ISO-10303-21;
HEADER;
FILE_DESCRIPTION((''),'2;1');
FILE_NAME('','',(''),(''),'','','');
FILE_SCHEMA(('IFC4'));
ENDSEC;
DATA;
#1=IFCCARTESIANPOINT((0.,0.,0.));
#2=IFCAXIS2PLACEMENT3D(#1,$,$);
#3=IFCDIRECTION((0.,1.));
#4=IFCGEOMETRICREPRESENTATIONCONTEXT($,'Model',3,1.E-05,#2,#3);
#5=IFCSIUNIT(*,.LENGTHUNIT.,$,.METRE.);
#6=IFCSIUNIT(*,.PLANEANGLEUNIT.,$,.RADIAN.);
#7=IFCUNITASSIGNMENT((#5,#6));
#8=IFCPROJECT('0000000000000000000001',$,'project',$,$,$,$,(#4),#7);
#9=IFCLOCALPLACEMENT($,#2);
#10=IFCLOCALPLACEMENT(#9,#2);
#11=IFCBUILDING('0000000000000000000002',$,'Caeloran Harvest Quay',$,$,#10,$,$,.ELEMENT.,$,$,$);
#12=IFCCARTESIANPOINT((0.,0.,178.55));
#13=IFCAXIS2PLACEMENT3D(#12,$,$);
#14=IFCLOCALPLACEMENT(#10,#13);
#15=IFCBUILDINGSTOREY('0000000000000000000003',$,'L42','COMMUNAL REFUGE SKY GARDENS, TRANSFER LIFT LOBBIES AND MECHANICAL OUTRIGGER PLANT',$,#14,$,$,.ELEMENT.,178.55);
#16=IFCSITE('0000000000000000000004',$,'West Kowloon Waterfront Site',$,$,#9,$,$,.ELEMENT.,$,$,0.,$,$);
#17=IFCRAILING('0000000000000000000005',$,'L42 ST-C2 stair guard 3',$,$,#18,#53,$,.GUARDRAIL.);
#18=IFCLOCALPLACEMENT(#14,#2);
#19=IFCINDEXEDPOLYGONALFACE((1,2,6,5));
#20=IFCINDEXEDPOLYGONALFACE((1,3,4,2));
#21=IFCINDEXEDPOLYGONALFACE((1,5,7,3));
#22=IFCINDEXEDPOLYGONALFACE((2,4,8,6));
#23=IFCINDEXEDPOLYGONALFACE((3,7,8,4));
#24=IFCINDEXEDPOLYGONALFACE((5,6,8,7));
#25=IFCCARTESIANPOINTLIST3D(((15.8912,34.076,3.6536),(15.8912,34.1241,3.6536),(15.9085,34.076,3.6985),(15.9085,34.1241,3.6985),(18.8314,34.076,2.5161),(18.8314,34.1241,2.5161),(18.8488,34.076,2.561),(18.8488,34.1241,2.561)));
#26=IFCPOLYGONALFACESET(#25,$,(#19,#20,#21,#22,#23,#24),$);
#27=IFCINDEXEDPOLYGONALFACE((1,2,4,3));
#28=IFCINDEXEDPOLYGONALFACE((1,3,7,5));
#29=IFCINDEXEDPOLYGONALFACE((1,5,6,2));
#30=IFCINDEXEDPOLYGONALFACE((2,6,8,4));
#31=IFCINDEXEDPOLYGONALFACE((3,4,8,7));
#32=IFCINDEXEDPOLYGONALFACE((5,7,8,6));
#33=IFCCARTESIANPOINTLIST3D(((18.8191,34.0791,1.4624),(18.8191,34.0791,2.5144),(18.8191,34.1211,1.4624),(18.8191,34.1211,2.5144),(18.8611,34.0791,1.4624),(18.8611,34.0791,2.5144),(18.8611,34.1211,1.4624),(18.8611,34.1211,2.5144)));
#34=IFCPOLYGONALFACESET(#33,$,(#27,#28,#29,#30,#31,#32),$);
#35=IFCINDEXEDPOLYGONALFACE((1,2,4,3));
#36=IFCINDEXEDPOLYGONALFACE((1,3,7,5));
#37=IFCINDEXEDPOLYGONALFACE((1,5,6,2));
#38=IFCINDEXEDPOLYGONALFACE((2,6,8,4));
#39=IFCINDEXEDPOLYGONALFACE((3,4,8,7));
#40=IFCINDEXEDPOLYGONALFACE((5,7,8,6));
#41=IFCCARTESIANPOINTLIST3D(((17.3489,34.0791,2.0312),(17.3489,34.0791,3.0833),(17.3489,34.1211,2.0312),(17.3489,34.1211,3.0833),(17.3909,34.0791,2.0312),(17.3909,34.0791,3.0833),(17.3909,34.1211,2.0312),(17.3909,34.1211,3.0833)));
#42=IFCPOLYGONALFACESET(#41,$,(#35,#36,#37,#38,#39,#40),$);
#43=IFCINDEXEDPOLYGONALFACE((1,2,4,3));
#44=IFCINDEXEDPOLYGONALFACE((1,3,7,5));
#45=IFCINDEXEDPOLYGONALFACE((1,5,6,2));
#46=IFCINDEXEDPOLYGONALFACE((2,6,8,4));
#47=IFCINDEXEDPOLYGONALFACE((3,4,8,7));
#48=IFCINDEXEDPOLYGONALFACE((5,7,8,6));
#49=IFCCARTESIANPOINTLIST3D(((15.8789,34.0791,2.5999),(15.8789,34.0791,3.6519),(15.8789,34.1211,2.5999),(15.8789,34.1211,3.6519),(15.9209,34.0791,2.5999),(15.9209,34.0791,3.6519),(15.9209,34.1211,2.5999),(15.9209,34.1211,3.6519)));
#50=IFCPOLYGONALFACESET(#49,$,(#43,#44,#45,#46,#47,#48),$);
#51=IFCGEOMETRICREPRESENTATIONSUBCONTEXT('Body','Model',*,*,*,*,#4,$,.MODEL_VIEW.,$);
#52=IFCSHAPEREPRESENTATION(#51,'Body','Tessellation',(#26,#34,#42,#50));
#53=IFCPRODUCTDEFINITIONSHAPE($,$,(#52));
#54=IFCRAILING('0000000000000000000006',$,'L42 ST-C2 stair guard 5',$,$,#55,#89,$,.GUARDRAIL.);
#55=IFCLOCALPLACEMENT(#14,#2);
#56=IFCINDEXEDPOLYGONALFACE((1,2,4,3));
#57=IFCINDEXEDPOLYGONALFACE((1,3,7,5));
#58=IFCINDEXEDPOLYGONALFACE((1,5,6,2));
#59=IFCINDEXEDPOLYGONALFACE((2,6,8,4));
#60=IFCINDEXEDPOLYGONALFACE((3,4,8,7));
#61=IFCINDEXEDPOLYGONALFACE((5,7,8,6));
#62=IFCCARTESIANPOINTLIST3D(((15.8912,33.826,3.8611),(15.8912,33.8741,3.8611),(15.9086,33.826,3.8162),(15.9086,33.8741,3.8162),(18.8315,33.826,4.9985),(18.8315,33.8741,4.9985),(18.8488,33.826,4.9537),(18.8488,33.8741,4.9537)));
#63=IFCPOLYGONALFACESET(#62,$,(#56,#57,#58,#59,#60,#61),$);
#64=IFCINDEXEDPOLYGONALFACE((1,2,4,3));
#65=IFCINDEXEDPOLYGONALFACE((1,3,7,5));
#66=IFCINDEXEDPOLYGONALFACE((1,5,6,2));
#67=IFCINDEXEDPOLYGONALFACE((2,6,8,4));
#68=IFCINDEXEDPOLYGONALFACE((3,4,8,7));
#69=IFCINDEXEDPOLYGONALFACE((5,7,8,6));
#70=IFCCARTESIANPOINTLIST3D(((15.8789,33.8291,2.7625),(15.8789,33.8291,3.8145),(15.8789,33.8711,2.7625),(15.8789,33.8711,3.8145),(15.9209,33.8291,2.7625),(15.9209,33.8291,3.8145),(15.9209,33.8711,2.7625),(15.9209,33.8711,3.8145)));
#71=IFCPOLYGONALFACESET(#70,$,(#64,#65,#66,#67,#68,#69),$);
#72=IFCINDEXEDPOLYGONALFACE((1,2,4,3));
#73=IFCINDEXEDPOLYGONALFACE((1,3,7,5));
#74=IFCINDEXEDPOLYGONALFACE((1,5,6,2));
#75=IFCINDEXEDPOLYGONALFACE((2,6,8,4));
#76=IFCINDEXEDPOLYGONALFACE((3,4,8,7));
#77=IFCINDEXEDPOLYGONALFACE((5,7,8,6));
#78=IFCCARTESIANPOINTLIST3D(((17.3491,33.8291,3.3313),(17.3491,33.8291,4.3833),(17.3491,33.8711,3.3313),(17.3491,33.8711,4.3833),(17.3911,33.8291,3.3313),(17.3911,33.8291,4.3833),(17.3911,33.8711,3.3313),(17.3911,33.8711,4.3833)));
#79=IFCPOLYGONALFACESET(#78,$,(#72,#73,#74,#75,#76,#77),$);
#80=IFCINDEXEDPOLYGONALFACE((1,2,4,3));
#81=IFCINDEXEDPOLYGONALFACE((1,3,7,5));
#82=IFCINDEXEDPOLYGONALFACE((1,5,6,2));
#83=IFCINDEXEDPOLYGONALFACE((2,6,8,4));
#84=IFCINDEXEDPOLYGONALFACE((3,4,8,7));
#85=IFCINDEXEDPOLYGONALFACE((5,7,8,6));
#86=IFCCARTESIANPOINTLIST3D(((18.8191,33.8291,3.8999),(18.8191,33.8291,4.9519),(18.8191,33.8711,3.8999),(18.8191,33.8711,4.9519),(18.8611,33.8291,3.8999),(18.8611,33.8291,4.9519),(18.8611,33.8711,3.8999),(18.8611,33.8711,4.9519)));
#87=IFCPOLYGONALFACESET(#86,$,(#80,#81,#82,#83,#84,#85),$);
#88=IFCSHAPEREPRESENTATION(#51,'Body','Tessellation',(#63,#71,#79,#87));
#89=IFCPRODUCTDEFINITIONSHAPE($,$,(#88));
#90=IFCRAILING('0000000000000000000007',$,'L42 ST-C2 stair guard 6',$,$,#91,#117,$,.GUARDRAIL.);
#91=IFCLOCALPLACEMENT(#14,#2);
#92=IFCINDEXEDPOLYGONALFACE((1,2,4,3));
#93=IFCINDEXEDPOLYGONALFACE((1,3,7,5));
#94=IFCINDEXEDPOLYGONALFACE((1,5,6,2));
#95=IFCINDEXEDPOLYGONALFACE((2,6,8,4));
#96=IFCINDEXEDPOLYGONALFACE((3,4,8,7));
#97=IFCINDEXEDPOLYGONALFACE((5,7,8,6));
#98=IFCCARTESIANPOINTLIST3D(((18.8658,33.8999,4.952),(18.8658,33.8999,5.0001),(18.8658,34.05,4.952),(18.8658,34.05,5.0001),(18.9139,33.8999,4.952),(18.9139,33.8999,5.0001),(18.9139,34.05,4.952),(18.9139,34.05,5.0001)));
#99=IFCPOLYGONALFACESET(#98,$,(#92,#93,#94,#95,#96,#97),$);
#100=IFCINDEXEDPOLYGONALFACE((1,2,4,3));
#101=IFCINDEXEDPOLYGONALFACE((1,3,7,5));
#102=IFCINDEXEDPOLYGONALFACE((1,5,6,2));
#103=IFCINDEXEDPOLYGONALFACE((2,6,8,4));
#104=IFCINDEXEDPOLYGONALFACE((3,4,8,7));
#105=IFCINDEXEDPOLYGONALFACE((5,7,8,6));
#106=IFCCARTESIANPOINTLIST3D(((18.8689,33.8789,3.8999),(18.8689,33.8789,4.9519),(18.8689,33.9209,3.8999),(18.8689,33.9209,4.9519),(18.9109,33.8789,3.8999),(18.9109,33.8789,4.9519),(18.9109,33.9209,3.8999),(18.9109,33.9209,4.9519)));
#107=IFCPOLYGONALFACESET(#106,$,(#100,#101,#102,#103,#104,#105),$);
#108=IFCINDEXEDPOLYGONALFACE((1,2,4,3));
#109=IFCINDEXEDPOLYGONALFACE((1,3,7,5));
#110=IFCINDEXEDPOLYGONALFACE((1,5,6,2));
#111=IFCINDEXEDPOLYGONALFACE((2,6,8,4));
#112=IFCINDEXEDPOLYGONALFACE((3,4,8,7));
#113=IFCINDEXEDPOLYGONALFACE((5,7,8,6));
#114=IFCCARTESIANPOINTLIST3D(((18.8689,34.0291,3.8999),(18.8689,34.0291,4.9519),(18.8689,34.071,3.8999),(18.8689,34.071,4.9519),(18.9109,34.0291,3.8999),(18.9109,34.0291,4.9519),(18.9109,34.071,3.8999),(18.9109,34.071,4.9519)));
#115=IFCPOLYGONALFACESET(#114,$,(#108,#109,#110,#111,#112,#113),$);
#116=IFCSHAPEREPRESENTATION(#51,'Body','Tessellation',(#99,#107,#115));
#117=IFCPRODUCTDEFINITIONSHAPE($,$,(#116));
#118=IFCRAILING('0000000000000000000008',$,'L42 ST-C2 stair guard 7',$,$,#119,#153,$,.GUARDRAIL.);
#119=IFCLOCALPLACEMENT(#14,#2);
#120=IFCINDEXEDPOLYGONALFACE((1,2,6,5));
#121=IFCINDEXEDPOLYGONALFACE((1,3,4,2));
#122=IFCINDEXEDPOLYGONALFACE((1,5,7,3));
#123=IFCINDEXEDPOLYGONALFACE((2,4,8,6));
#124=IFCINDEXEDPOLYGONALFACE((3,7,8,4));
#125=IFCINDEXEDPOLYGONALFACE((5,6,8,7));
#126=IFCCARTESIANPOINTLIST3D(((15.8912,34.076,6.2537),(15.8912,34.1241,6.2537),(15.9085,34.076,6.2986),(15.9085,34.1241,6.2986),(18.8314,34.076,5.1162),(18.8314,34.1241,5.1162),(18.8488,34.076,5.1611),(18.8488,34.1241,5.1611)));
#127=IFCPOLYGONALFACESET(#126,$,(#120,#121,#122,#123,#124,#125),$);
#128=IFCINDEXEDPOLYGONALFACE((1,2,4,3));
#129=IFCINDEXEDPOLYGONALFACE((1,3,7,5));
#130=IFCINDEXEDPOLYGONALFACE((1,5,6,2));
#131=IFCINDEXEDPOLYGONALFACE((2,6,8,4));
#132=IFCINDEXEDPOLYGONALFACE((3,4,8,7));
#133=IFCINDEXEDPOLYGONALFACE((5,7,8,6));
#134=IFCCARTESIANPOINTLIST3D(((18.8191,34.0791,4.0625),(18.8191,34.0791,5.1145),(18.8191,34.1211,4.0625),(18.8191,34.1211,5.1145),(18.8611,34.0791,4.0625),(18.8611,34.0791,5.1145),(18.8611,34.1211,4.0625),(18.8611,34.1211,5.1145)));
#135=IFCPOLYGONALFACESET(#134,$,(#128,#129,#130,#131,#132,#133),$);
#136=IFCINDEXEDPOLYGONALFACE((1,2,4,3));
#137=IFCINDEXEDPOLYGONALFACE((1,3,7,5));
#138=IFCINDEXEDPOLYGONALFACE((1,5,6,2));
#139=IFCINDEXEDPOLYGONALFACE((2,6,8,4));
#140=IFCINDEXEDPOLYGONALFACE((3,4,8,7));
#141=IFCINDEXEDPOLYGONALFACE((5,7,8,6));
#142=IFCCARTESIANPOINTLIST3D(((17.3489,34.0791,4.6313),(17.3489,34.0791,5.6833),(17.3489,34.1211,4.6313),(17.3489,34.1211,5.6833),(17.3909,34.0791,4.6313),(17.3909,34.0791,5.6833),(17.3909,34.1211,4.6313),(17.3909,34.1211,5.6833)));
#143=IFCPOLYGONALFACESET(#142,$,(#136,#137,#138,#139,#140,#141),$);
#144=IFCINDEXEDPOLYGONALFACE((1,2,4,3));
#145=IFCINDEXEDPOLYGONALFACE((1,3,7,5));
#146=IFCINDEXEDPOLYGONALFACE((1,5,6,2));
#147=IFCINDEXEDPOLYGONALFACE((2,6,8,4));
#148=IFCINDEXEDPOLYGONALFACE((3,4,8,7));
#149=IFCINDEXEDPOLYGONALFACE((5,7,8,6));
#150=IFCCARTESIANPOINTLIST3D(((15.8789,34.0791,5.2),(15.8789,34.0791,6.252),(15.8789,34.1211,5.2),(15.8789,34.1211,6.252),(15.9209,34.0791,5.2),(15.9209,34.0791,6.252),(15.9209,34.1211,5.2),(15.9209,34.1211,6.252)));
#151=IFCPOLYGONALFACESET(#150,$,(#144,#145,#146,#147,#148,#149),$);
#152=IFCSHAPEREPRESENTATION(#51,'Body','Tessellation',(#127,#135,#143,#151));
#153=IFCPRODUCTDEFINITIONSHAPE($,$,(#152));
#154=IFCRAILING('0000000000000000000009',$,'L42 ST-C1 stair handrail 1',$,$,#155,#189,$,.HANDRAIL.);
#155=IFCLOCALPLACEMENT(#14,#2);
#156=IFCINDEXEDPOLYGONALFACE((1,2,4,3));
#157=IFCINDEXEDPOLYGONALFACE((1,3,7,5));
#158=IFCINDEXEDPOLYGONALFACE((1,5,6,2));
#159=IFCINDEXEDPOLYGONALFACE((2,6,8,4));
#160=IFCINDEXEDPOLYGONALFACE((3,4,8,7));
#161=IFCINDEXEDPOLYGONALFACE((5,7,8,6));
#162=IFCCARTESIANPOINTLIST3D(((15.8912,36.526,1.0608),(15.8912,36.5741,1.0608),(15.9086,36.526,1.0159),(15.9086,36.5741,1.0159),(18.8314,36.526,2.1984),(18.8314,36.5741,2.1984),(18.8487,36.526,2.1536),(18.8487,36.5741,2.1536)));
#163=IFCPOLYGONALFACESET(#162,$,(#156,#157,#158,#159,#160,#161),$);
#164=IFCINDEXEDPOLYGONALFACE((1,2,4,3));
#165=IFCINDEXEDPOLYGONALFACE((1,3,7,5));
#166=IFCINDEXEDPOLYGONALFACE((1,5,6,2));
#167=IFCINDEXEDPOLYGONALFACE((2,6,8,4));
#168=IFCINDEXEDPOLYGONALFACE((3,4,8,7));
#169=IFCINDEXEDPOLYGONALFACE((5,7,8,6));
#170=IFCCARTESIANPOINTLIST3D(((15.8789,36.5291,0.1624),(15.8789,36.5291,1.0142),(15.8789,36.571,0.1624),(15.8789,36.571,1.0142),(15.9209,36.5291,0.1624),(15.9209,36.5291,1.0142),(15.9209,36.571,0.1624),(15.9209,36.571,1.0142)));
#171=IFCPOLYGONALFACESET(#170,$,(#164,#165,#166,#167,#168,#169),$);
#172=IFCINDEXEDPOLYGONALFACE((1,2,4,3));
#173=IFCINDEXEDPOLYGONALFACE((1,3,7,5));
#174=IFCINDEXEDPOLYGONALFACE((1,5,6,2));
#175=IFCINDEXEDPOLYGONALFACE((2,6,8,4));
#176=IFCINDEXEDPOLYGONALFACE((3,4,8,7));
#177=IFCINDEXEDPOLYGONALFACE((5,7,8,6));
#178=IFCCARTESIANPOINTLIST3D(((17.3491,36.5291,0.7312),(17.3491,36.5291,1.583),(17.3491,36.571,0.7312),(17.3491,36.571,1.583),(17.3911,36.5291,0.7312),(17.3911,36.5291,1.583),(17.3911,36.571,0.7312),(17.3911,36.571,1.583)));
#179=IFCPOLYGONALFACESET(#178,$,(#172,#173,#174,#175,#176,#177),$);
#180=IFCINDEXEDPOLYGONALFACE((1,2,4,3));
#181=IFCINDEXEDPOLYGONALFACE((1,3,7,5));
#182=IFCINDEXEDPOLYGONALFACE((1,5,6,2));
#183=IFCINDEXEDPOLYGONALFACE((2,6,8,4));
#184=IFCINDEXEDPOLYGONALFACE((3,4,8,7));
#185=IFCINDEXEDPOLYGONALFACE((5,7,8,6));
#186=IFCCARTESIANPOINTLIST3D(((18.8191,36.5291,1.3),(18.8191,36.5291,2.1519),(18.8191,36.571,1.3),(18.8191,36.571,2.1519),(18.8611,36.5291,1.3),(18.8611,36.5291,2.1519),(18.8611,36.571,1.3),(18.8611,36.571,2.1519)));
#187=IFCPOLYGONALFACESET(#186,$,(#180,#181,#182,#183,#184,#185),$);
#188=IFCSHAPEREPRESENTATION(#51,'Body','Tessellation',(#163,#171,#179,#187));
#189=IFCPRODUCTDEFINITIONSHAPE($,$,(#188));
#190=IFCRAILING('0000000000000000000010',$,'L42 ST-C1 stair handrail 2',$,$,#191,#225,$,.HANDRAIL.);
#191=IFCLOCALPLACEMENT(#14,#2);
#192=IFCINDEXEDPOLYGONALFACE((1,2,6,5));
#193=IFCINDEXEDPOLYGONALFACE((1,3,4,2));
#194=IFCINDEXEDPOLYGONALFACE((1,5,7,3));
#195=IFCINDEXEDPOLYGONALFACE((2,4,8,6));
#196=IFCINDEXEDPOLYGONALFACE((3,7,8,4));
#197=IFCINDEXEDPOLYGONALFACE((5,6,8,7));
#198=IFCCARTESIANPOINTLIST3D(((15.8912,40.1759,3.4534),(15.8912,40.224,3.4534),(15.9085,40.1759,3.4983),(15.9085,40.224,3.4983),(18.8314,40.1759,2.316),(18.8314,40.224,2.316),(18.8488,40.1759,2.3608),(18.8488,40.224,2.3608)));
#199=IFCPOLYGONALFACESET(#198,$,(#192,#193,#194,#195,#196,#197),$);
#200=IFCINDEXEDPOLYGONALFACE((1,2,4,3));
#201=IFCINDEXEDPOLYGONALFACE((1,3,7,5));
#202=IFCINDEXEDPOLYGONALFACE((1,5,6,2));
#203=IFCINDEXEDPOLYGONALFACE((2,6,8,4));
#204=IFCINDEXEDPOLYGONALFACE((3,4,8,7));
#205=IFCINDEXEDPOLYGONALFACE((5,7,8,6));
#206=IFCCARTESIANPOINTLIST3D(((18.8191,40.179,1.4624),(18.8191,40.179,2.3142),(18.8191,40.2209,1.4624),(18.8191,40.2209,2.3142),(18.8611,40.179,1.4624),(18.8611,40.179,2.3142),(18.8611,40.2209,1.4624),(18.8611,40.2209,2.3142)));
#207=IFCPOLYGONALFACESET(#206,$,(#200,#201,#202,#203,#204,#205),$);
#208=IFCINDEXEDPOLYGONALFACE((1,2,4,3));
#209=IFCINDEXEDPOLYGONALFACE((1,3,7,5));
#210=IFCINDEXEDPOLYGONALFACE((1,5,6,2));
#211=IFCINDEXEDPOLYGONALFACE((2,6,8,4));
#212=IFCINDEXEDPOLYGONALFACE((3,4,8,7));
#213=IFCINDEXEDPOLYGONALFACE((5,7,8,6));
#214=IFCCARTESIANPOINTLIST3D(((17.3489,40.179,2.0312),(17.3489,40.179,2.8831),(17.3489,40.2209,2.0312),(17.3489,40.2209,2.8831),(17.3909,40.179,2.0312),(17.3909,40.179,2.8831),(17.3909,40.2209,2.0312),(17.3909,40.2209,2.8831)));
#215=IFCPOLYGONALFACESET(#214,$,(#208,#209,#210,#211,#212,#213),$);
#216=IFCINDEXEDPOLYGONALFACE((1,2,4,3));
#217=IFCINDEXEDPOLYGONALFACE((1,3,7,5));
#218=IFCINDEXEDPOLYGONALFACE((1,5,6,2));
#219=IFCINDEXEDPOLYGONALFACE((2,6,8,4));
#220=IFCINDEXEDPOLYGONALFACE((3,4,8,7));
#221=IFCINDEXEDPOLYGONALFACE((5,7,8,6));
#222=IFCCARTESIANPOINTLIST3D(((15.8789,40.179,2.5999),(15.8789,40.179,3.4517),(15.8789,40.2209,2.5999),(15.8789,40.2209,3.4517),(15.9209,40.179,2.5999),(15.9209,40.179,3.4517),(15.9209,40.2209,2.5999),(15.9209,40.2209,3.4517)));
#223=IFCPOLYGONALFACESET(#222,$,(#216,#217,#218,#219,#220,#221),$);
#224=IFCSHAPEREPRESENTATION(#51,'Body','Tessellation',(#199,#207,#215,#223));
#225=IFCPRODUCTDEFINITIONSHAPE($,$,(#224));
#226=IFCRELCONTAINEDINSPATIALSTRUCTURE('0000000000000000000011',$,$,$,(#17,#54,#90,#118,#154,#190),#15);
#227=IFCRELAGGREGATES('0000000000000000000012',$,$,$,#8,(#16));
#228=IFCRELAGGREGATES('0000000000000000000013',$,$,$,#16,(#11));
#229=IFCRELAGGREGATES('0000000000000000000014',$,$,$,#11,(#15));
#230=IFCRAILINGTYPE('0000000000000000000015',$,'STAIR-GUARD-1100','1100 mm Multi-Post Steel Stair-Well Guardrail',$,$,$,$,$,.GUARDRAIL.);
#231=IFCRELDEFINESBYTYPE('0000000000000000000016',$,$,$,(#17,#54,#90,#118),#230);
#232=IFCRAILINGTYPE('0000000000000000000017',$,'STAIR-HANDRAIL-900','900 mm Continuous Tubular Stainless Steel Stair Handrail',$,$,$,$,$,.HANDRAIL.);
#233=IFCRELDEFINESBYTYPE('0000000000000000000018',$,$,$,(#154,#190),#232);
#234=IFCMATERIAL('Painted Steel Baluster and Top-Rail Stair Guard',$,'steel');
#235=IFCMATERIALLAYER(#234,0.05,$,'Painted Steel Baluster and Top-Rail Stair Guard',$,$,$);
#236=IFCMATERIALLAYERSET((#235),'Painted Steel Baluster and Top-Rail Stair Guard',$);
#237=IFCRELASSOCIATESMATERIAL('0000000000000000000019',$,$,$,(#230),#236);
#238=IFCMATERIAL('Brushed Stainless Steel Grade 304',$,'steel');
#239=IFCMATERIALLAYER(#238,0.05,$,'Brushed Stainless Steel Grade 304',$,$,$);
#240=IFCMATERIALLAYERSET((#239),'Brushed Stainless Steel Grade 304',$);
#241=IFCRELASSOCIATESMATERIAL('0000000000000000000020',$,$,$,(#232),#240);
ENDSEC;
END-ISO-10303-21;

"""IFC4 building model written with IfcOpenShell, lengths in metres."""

from ifc_helpers import new_model, si_unit, direction, frame, origin, origin_2d, place, context, subcontext, project, spatial, rectangle, extrude, material, layer, layer_set, type_object, element, save


model = new_model("IFC4")

# Units and contexts
model_context = context("Model", 3, precision=1e-05, world=origin(), true_north=direction((0.0, 1.0)))
body_context = subcontext(model_context, "Body", "Model", "MODEL_VIEW")
ifc_project = project(units=[si_unit("LENGTHUNIT", "METRE"), si_unit("PLANEANGLEUNIT", "RADIAN")], contexts=[model_context])

# Site, building, storey
site_placement = place(None, origin())
site = spatial("IfcSite", under=ifc_project, at=site_placement, Name="West Kowloon Waterfront Site", CompositionType="ELEMENT", RefElevation=0.0)
building_placement = place(site_placement, origin())
building = spatial("IfcBuilding", under=site, at=building_placement, Name="Caeloran Harvest Quay", CompositionType="ELEMENT")
storey_placement = place(building_placement, frame((0.0, 0.0, 178.55)))
storey = spatial("IfcBuildingStorey", under=building, at=storey_placement, Name="L42", Description="COMMUNAL REFUGE SKY GARDENS, TRANSFER LIFT LOBBIES AND MECHANICAL OUTRIGGER PLANT", CompositionType="ELEMENT", Elevation=178.55)

# Railings
ifc_material_1 = material(Name="Painted Steel Baluster and Top-Rail Stair Guard", Category="steel")
ifc_layer_1 = layer(ifc_material_1, 0.05, Name="Painted Steel Baluster and Top-Rail Stair Guard")
ifc_layer_set_1 = layer_set([ifc_layer_1], Name="Painted Steel Baluster and Top-Rail Stair Guard")
railing_type_1 = type_object("IfcRailingType", Name="STAIR-GUARD-1100", Description="1100 mm Multi-Post Steel Stair-Well Guardrail", PredefinedType="GUARDRAIL", material=ifc_layer_set_1)
railing_1_placement = place(storey_placement, frame((18.8401, 34.1001, 1.4624)))
element("IfcRailing", 1, at=railing_1_placement, inside=storey, type_object=railing_type_1, Name="L42 ST-C2 stair guard 3", PredefinedType="GUARDRAIL", context=body_context, shape_type="SweptSolid", body=[
    extrude(rectangle(XDim=0.0481, YDim=0.0481, at=origin_2d()), frame((0.0, 0.0, 1.0762), z_axis=(-0.932641, 0.0, 0.360805), x_axis=(0.0, -1.0, 0.0)), (0.0, 0.0, 1.0), 3.1526),
    extrude(rectangle(XDim=0.042, YDim=0.042, at=origin_2d()), origin(), (0.0, 0.0, 1.0), 1.052),
    extrude(rectangle(XDim=0.042, YDim=0.042, at=origin_2d()), frame((-1.4702, 0.0, 0.5688)), (0.0, 0.0, 1.0), 1.052),
    extrude(rectangle(XDim=0.042, YDim=0.042, at=origin_2d()), frame((-2.9402, 0.0, 1.1375)), (0.0, 0.0, 1.0), 1.052),
])
railing_2_placement = place(storey_placement, frame((15.8999, 33.8501, 2.7625)))
element("IfcRailing", 2, at=railing_2_placement, inside=storey, type_object=railing_type_1, Name="L42 ST-C2 stair guard 5", PredefinedType="GUARDRAIL", context=body_context, shape_type="SweptSolid", body=[
    extrude(rectangle(XDim=0.0481, YDim=0.0481, at=origin_2d()), frame((0.0, 0.0, 1.0762), z_axis=(0.932641, 0.0, 0.360805), x_axis=(0.0, 1.0, 0.0)), (0.0, 0.0, 1.0), 3.1526),
    extrude(rectangle(XDim=0.042, YDim=0.042, at=origin_2d()), origin(), (0.0, 0.0, 1.0), 1.052),
    extrude(rectangle(XDim=0.042, YDim=0.042, at=origin_2d()), frame((1.4702, 0.0, 0.5688)), (0.0, 0.0, 1.0), 1.052),
    extrude(rectangle(XDim=0.042, YDim=0.042, at=origin_2d()), frame((2.9402, 0.0, 1.1375)), (0.0, 0.0, 1.0), 1.052),
])
railing_3_placement = place(storey_placement, frame((18.8899, 33.8999, 3.8999)))
element("IfcRailing", 3, at=railing_3_placement, inside=storey, type_object=railing_type_1, Name="L42 ST-C2 stair guard 6", PredefinedType="GUARDRAIL", context=body_context, shape_type="SweptSolid", body=[
    extrude(rectangle(XDim=0.0481, YDim=0.0481, at=origin_2d()), frame((0.0, 0.0, 1.0762), z_axis=(0.0, 1.0, 0.0), x_axis=(-1.0, 0.0, 0.0)), (0.0, 0.0, 1.0), 0.1501),
    extrude(rectangle(XDim=0.042, YDim=0.042, at=origin_2d()), origin(), (0.0, 0.0, 1.0), 1.052),
    extrude(rectangle(XDim=0.042, YDim=0.042, at=origin_2d()), frame((0.0, 0.1501, 0.0)), (0.0, 0.0, 1.0), 1.052),
])
railing_4_placement = place(storey_placement, frame((18.8401, 34.1001, 4.0625)))
element("IfcRailing", 4, at=railing_4_placement, inside=storey, type_object=railing_type_1, Name="L42 ST-C2 stair guard 7", PredefinedType="GUARDRAIL", context=body_context, shape_type="SweptSolid", body=[
    extrude(rectangle(XDim=0.0481, YDim=0.0481, at=origin_2d()), frame((0.0, 0.0, 1.0762), z_axis=(-0.932641, 0.0, 0.360805), x_axis=(0.0, -1.0, 0.0)), (0.0, 0.0, 1.0), 3.1526),
    extrude(rectangle(XDim=0.042, YDim=0.042, at=origin_2d()), origin(), (0.0, 0.0, 1.0), 1.052),
    extrude(rectangle(XDim=0.042, YDim=0.042, at=origin_2d()), frame((-1.4702, 0.0, 0.5688)), (0.0, 0.0, 1.0), 1.052),
    extrude(rectangle(XDim=0.042, YDim=0.042, at=origin_2d()), frame((-2.9402, 0.0, 1.1375)), (0.0, 0.0, 1.0), 1.052),
])
ifc_material_2 = material(Name="Brushed Stainless Steel Grade 304", Category="steel")
ifc_layer_2 = layer(ifc_material_2, 0.05, Name="Brushed Stainless Steel Grade 304")
ifc_layer_set_2 = layer_set([ifc_layer_2], Name="Brushed Stainless Steel Grade 304")
railing_type_2 = type_object("IfcRailingType", Name="STAIR-HANDRAIL-900", Description="900 mm Continuous Tubular Stainless Steel Stair Handrail", PredefinedType="HANDRAIL", material=ifc_layer_set_2)
railing_5_placement = place(storey_placement, frame((15.8999, 36.55, 0.1624)))
element("IfcRailing", 5, at=railing_5_placement, inside=storey, type_object=railing_type_2, Name="L42 ST-C1 stair handrail 1", PredefinedType="HANDRAIL", context=body_context, shape_type="SweptSolid", body=[
    extrude(rectangle(XDim=0.0481, YDim=0.0481, at=origin_2d()), frame((0.0, 0.0, 0.876), z_axis=(0.932615, 0.0, 0.360872), x_axis=(0.0, 1.0, 0.0)), (0.0, 0.0, 1.0), 3.1526),
    extrude(rectangle(XDim=0.042, YDim=0.042, at=origin_2d()), origin(), (0.0, 0.0, 1.0), 0.8518),
    extrude(rectangle(XDim=0.042, YDim=0.042, at=origin_2d()), frame((1.4702, 0.0, 0.5688)), (0.0, 0.0, 1.0), 0.8518),
    extrude(rectangle(XDim=0.042, YDim=0.042, at=origin_2d()), frame((2.9402, 0.0, 1.1377)), (0.0, 0.0, 1.0), 0.8518),
])
railing_6_placement = place(storey_placement, frame((18.8401, 40.2, 1.4624)))
element("IfcRailing", 6, at=railing_6_placement, inside=storey, type_object=railing_type_2, Name="L42 ST-C1 stair handrail 2", PredefinedType="HANDRAIL", context=body_context, shape_type="SweptSolid", body=[
    extrude(rectangle(XDim=0.0481, YDim=0.0481, at=origin_2d()), frame((0.0, 0.0, 0.876), z_axis=(-0.932641, 0.0, 0.360805), x_axis=(0.0, -1.0, 0.0)), (0.0, 0.0, 1.0), 3.1526),
    extrude(rectangle(XDim=0.042, YDim=0.042, at=origin_2d()), origin(), (0.0, 0.0, 1.0), 0.8518),
    extrude(rectangle(XDim=0.042, YDim=0.042, at=origin_2d()), frame((-1.4702, 0.0, 0.5688)), (0.0, 0.0, 1.0), 0.8518),
    extrude(rectangle(XDim=0.042, YDim=0.042, at=origin_2d()), frame((-2.9402, 0.0, 1.1375)), (0.0, 0.0, 1.0), 0.8518),
])

save(model, "model.ifc")
